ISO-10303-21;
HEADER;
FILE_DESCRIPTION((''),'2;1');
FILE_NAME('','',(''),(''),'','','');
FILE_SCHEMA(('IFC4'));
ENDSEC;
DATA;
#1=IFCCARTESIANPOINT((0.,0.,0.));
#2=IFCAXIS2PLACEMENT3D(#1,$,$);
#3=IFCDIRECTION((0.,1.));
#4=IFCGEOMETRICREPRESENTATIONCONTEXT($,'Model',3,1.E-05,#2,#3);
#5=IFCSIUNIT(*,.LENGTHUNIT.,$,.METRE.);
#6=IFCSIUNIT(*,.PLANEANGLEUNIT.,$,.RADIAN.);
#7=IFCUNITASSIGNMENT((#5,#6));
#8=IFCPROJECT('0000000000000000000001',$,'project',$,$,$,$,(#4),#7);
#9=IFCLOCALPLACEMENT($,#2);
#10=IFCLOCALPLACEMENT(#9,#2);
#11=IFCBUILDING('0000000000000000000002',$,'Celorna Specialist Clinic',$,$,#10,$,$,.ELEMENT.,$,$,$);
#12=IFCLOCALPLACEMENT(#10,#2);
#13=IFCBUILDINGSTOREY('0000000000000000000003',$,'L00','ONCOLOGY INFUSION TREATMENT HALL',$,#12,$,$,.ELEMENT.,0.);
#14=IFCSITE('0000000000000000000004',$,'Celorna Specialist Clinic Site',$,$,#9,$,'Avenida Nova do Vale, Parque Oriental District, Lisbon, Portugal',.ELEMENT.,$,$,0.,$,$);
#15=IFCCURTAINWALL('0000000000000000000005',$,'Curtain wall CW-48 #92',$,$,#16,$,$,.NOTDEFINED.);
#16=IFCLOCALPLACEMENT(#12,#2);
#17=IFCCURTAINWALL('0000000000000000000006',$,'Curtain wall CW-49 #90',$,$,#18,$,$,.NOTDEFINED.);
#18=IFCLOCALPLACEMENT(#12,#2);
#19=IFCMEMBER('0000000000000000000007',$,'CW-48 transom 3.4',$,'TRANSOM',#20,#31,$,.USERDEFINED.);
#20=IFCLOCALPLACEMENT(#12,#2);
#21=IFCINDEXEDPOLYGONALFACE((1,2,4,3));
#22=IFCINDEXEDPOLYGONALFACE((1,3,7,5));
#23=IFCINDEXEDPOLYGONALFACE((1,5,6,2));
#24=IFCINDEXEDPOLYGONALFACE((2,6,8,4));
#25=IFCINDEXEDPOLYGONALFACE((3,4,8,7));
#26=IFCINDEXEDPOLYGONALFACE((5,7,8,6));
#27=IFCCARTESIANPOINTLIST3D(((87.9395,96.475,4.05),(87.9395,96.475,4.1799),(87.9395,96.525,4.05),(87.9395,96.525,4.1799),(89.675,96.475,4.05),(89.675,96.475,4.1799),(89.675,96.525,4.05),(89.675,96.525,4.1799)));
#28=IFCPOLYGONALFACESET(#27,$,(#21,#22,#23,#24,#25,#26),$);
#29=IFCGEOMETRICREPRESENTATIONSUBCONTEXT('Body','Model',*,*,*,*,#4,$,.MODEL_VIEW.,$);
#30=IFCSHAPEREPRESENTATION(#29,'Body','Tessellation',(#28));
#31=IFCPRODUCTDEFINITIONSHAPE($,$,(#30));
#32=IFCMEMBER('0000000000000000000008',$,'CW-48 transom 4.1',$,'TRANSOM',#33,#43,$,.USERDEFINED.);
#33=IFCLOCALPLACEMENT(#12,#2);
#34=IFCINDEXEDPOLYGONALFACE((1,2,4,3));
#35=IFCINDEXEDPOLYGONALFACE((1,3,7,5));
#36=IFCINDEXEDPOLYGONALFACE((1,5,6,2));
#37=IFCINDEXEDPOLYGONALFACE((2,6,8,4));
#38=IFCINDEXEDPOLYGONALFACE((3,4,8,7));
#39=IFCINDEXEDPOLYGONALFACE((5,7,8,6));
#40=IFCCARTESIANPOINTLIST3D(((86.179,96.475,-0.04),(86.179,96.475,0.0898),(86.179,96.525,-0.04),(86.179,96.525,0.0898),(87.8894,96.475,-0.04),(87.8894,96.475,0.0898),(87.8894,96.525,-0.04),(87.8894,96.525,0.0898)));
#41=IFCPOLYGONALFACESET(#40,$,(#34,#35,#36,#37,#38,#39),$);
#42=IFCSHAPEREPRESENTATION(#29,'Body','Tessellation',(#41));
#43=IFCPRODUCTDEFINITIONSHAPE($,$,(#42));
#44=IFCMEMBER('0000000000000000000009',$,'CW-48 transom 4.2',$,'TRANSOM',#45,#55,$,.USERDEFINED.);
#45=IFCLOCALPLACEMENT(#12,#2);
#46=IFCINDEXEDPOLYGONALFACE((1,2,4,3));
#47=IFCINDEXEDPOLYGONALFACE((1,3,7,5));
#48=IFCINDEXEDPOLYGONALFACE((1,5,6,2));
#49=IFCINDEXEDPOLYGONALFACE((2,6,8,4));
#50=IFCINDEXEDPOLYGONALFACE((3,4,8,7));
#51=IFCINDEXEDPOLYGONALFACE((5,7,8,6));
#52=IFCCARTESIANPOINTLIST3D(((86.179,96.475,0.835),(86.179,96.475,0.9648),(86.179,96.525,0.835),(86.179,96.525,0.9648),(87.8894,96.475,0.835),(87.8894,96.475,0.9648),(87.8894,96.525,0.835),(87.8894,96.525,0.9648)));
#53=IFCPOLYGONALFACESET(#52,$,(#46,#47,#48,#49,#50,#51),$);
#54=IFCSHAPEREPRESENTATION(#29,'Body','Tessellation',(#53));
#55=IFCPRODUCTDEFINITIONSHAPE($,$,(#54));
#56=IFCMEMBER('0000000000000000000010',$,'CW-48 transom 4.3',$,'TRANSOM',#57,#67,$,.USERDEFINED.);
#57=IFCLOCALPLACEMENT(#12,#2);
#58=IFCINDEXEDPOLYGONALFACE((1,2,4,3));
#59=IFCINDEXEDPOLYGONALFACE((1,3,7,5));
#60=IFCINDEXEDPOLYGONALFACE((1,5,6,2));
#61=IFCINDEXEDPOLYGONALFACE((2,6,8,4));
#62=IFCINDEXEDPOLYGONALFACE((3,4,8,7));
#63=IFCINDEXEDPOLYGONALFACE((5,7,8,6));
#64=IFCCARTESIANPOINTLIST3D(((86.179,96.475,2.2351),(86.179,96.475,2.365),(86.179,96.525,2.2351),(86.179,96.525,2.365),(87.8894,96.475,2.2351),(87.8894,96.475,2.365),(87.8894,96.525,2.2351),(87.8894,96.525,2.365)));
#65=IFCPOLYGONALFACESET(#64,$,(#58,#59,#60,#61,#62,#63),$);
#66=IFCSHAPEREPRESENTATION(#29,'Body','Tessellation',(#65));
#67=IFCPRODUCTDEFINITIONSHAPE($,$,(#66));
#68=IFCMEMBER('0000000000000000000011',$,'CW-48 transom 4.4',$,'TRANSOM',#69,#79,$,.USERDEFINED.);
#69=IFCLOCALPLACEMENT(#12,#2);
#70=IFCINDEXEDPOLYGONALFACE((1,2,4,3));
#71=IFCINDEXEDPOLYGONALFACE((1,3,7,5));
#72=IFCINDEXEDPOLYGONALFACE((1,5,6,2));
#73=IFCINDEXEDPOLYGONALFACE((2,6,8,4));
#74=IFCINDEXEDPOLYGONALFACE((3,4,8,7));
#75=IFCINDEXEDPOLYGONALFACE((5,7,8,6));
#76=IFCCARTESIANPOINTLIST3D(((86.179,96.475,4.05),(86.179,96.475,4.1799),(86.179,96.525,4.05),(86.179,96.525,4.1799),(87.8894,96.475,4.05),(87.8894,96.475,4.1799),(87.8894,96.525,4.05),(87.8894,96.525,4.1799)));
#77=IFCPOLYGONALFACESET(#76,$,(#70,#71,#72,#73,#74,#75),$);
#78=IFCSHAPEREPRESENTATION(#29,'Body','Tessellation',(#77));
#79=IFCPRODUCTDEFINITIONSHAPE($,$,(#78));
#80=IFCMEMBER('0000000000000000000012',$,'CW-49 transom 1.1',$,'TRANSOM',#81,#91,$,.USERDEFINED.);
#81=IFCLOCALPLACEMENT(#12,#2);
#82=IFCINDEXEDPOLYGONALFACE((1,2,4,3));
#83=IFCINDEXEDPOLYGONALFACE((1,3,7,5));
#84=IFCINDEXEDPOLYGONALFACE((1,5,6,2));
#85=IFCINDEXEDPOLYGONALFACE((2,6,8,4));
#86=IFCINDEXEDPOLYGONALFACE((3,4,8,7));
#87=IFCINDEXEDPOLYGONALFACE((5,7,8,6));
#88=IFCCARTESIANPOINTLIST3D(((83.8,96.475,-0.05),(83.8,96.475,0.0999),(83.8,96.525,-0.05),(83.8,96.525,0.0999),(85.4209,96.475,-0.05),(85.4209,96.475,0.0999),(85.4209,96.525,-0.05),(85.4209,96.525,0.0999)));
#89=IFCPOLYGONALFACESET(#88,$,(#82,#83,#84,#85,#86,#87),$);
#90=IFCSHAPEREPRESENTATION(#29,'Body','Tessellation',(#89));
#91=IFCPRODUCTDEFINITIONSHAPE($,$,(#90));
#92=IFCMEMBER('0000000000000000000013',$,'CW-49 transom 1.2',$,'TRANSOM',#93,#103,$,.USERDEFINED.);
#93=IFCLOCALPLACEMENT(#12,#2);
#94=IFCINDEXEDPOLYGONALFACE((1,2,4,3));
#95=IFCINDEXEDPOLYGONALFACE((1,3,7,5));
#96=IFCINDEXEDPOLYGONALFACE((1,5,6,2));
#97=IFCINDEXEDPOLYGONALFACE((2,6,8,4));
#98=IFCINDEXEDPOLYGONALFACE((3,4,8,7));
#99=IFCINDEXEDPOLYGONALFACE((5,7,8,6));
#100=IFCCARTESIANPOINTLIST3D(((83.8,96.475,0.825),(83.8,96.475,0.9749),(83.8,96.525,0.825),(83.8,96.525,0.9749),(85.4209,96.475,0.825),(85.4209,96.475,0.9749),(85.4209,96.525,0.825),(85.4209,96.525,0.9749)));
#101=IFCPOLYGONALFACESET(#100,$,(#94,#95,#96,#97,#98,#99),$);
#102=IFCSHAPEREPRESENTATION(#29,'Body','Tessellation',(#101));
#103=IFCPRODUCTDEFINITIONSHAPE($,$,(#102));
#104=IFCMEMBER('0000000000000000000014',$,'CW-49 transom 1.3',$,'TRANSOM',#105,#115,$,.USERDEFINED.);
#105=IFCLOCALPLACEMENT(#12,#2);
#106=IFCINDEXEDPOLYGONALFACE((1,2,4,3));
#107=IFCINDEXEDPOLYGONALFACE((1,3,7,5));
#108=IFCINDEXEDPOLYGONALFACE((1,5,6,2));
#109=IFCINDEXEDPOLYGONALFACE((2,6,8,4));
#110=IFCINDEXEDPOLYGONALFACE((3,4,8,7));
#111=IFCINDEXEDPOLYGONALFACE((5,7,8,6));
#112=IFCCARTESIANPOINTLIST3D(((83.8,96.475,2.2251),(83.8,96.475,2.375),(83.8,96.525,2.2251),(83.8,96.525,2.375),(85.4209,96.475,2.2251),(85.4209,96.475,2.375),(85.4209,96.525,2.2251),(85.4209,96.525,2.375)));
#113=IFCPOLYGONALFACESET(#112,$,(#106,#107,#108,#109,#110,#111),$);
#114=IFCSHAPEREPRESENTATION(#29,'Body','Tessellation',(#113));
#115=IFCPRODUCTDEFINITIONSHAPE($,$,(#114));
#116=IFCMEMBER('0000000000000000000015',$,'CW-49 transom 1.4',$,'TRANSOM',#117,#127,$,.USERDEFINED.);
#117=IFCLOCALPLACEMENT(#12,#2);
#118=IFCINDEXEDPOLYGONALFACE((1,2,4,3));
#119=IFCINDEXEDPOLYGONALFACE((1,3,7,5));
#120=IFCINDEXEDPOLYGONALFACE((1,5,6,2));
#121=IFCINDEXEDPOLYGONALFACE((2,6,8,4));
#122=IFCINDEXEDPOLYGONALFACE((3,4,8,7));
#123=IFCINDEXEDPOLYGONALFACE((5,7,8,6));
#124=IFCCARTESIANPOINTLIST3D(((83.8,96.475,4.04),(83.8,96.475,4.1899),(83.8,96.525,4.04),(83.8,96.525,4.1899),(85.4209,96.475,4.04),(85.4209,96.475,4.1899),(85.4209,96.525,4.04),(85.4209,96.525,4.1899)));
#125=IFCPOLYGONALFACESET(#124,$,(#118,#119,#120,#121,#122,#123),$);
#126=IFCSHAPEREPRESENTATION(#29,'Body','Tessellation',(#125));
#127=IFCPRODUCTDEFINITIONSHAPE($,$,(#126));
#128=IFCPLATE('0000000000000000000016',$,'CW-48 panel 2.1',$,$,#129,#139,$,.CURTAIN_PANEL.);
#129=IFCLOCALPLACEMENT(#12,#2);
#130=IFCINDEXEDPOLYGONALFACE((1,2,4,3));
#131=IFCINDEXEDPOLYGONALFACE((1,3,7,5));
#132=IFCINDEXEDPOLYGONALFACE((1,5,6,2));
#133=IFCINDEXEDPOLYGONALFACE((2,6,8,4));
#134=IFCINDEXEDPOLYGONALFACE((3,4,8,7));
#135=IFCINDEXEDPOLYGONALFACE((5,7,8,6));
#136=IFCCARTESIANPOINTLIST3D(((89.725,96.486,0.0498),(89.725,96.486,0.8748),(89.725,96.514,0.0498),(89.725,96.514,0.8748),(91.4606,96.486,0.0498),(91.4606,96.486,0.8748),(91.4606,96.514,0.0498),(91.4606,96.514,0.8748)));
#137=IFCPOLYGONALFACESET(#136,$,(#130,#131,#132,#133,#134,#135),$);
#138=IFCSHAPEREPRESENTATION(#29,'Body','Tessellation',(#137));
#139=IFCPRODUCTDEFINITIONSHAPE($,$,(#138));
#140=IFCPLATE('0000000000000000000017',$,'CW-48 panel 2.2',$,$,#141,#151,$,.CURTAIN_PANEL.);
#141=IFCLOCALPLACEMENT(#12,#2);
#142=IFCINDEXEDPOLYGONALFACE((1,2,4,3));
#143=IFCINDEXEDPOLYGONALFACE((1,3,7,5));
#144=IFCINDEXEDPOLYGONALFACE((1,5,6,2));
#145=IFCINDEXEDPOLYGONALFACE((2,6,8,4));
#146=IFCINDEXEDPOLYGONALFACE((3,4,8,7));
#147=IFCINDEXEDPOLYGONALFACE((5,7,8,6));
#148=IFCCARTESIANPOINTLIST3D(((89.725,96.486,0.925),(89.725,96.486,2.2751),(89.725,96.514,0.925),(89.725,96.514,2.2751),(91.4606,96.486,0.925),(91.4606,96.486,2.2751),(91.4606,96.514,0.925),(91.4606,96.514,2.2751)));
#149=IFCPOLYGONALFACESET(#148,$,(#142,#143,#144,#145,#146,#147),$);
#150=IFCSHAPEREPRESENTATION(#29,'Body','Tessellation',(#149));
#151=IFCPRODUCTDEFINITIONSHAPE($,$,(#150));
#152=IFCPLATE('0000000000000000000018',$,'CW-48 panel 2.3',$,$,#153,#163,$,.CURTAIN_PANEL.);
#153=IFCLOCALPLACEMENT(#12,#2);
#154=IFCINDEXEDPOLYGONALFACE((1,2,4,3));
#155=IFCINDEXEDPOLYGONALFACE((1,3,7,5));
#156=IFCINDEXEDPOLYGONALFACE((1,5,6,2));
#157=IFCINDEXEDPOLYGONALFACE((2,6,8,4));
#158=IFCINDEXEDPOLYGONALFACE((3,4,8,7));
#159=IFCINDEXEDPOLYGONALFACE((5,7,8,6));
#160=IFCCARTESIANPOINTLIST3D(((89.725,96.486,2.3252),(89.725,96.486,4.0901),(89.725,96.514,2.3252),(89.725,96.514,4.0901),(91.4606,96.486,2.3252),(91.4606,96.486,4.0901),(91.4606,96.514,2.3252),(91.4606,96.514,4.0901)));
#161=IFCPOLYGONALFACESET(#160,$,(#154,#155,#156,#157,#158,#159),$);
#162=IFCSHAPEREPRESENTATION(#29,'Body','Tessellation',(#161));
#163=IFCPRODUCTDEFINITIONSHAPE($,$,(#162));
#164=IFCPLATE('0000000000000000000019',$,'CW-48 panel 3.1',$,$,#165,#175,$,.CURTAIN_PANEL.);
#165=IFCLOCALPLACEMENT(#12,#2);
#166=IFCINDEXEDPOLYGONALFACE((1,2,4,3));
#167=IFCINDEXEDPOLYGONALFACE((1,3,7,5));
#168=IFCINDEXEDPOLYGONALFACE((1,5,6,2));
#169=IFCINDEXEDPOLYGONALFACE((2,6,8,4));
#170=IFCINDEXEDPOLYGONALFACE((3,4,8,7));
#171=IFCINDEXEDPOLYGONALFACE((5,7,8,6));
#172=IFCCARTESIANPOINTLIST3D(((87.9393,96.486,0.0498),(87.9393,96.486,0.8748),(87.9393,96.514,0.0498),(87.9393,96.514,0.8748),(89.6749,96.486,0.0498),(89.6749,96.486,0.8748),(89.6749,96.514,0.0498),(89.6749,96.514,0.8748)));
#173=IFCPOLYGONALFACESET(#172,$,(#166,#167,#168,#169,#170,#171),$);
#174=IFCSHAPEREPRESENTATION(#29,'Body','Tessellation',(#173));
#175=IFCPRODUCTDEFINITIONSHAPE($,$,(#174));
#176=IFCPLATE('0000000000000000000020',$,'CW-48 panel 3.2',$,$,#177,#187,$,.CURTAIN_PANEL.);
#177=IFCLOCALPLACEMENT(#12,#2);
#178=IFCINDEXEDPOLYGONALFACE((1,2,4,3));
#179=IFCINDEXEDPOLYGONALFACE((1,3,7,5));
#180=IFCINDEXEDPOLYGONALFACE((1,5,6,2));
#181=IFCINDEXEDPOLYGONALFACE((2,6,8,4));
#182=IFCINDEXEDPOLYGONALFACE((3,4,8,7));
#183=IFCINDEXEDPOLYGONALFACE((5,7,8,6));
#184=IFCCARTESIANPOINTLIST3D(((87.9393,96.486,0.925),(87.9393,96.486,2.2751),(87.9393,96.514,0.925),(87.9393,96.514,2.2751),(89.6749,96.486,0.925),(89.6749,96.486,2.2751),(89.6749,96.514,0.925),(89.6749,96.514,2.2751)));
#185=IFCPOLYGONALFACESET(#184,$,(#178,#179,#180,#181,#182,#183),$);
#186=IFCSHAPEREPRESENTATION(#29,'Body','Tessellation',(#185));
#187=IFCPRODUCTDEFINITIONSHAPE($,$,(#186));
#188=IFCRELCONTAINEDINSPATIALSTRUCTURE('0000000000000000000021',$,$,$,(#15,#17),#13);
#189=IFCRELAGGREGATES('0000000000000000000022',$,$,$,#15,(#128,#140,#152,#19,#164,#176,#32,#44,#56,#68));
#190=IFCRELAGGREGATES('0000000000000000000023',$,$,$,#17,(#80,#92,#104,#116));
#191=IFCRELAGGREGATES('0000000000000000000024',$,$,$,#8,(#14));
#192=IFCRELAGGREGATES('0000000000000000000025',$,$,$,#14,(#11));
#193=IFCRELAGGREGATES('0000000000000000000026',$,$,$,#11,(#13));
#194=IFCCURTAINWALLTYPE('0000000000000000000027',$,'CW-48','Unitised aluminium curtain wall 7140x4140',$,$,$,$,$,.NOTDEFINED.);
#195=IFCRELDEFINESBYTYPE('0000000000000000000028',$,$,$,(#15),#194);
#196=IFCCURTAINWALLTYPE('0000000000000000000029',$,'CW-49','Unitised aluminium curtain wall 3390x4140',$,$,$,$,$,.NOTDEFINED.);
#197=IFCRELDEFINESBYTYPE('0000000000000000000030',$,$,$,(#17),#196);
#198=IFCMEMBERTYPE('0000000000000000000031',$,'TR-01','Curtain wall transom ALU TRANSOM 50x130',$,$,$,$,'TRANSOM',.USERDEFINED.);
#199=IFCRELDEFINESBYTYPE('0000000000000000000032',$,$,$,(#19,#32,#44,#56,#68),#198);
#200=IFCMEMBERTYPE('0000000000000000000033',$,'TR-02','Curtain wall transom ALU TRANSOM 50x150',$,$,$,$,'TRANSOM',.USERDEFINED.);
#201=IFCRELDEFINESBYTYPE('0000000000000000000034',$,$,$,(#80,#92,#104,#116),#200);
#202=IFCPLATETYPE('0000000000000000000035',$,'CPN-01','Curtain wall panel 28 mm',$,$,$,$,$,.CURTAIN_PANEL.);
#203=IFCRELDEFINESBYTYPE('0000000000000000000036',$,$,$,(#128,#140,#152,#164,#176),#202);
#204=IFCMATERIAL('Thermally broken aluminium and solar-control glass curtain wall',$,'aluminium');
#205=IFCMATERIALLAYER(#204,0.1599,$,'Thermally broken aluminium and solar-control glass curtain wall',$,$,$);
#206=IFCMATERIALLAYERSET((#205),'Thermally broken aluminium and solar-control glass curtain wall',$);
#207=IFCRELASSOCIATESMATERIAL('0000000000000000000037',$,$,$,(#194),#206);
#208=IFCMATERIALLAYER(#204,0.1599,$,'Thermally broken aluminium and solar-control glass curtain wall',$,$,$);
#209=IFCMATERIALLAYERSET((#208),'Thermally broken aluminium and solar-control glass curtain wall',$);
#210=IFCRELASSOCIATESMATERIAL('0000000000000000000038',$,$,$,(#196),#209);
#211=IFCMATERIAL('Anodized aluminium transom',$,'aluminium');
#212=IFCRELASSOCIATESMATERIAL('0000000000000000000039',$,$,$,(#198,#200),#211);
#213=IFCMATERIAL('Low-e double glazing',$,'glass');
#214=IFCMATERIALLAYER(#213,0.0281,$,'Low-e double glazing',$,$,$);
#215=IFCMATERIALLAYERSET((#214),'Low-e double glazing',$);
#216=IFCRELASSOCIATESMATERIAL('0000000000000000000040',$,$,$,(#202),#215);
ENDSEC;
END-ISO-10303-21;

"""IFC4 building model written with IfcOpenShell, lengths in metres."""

from ifc_helpers import new_model, si_unit, direction, frame, origin, origin_2d, place, context, subcontext, project, spatial, rectangle, extrude, material, layer, layer_set, material_profile, profile_set, type_object, element, aggregate, save


model = new_model("IFC4")

# Units and contexts
model_context = context("Model", 3, precision=1e-05, world=origin(), true_north=direction((0.0, 1.0)))
body_context = subcontext(model_context, "Body", "Model", "MODEL_VIEW")
ifc_project = project(units=[si_unit("LENGTHUNIT", "METRE"), si_unit("PLANEANGLEUNIT", "RADIAN")], contexts=[model_context])

# Site, building, storey
site_placement = place(None, origin())
site = spatial("IfcSite", under=ifc_project, at=site_placement, Name="Celorna Specialist Clinic Site", LongName="Avenida Nova do Vale, Parque Oriental District, Lisbon, Portugal", CompositionType="ELEMENT", RefElevation=0.0)
building_placement = place(site_placement, origin())
building = spatial("IfcBuilding", under=site, at=building_placement, Name="Celorna Specialist Clinic", CompositionType="ELEMENT")
storey_placement = place(building_placement, origin())
storey = spatial("IfcBuildingStorey", under=building, at=storey_placement, Name="L00", Description="ONCOLOGY INFUSION TREATMENT HALL", CompositionType="ELEMENT", Elevation=0.0)

# Curtain wall
ifc_material_1 = material(Name="Thermally broken aluminium and solar-control glass curtain wall", Category="aluminium")
ifc_layer_1 = layer(ifc_material_1, 0.1599, Name="Thermally broken aluminium and solar-control glass curtain wall")
ifc_layer_set_1 = layer_set([ifc_layer_1], Name="Thermally broken aluminium and solar-control glass curtain wall")
curtain_wall_type_1 = type_object("IfcCurtainWallType", Name="CW-48", Description="Unitised aluminium curtain wall 7140x4140", PredefinedType="NOTDEFINED", material=ifc_layer_set_1)
curtain_wall_1_placement = place(storey_placement, origin())
curtain_wall_1 = element("IfcCurtainWall", 1, at=curtain_wall_1_placement, inside=storey, type_object=curtain_wall_type_1, Name="Curtain wall CW-48 #92", PredefinedType="NOTDEFINED")

# Curtain wall
ifc_layer_2 = layer(ifc_material_1, 0.1599, Name="Thermally broken aluminium and solar-control glass curtain wall")
ifc_layer_set_2 = layer_set([ifc_layer_2], Name="Thermally broken aluminium and solar-control glass curtain wall")
curtain_wall_type_2 = type_object("IfcCurtainWallType", Name="CW-49", Description="Unitised aluminium curtain wall 3390x4140", PredefinedType="NOTDEFINED", material=ifc_layer_set_2)
curtain_wall_2_placement = place(storey_placement, origin())
curtain_wall_2 = element("IfcCurtainWall", 2, at=curtain_wall_2_placement, inside=storey, type_object=curtain_wall_type_2, Name="Curtain wall CW-49 #90", PredefinedType="NOTDEFINED")

# Members
ifc_material_2 = material(Name="Anodized aluminium transom", Category="aluminium")
ifc_material_profile_1 = material_profile(ifc_material_2, rectangle(XDim=0.05, YDim=0.1299, at=origin_2d()), Name="ALU TRANSOM 50x130")
ifc_profile_set_1 = profile_set([ifc_material_profile_1], Name="Anodized aluminium transom")
member_type_1 = type_object("IfcMemberType", Name="TR-01", Description="Curtain wall transom ALU TRANSOM 50x130", ElementType="TRANSOM", PredefinedType="USERDEFINED", material=ifc_profile_set_1)
member_1_placement = place(storey_placement, frame((89.675, 96.5, 4.115), z_axis=(-1.0, 0.0, 0.0), x_axis=(0.0, -1.0, 0.0)))
member_1 = element("IfcMember", 3, at=member_1_placement, type_object=member_type_1, Name="CW-48 transom 3.4", ObjectType="TRANSOM", PredefinedType="USERDEFINED", context=body_context, shape_type="SweptSolid", body=[
    extrude(rectangle(XDim=0.05, YDim=0.1299, at=origin_2d()), origin(), (0.0, 0.0, 1.0), 1.7356),
])
member_2_placement = place(storey_placement, frame((87.8894, 96.5, 0.0249), z_axis=(-1.0, 0.0, 0.0), x_axis=(0.0, -1.0, 0.0)))
member_2 = element("IfcMember", 4, at=member_2_placement, type_object=member_type_1, Name="CW-48 transom 4.1", ObjectType="TRANSOM", PredefinedType="USERDEFINED", context=body_context, shape_type="SweptSolid", body=[
    extrude(rectangle(XDim=0.05, YDim=0.1299, at=origin_2d()), origin(), (0.0, 0.0, 1.0), 1.7104),
])
member_3_placement = place(storey_placement, frame((87.8894, 96.5, 0.8999), z_axis=(-1.0, 0.0, 0.0), x_axis=(0.0, -1.0, 0.0)))
member_3 = element("IfcMember", 5, at=member_3_placement, type_object=member_type_1, Name="CW-48 transom 4.2", ObjectType="TRANSOM", PredefinedType="USERDEFINED", context=body_context, shape_type="SweptSolid", body=[
    extrude(rectangle(XDim=0.05, YDim=0.1299, at=origin_2d()), origin(), (0.0, 0.0, 1.0), 1.7104),
])
member_4_placement = place(storey_placement, frame((87.8894, 96.5, 2.3), z_axis=(-1.0, 0.0, 0.0), x_axis=(0.0, -1.0, 0.0)))
member_4 = element("IfcMember", 6, at=member_4_placement, type_object=member_type_1, Name="CW-48 transom 4.3", ObjectType="TRANSOM", PredefinedType="USERDEFINED", context=body_context, shape_type="SweptSolid", body=[
    extrude(rectangle(XDim=0.05, YDim=0.1299, at=origin_2d()), origin(), (0.0, 0.0, 1.0), 1.7104),
])
member_5_placement = place(storey_placement, frame((87.8894, 96.5, 4.115), z_axis=(-1.0, 0.0, 0.0), x_axis=(0.0, -1.0, 0.0)))
member_5 = element("IfcMember", 7, at=member_5_placement, type_object=member_type_1, Name="CW-48 transom 4.4", ObjectType="TRANSOM", PredefinedType="USERDEFINED", context=body_context, shape_type="SweptSolid", body=[
    extrude(rectangle(XDim=0.05, YDim=0.1299, at=origin_2d()), origin(), (0.0, 0.0, 1.0), 1.7104),
])
ifc_material_profile_2 = material_profile(ifc_material_2, rectangle(XDim=0.05, YDim=0.1499, at=origin_2d()), Name="ALU TRANSOM 50x150")
ifc_profile_set_2 = profile_set([ifc_material_profile_2], Name="Anodized aluminium transom")
member_type_2 = type_object("IfcMemberType", Name="TR-02", Description="Curtain wall transom ALU TRANSOM 50x150", ElementType="TRANSOM", PredefinedType="USERDEFINED", material=ifc_profile_set_2)
member_6_placement = place(storey_placement, frame((85.4209, 96.5, 0.0249), z_axis=(-1.0, 0.0, 0.0), x_axis=(0.0, -1.0, 0.0)))
member_6 = element("IfcMember", 8, at=member_6_placement, type_object=member_type_2, Name="CW-49 transom 1.1", ObjectType="TRANSOM", PredefinedType="USERDEFINED", context=body_context, shape_type="SweptSolid", body=[
    extrude(rectangle(XDim=0.05, YDim=0.1499, at=origin_2d()), origin(), (0.0, 0.0, 1.0), 1.6208),
])
member_7_placement = place(storey_placement, frame((85.4209, 96.5, 0.8999), z_axis=(-1.0, 0.0, 0.0), x_axis=(0.0, -1.0, 0.0)))
member_7 = element("IfcMember", 9, at=member_7_placement, type_object=member_type_2, Name="CW-49 transom 1.2", ObjectType="TRANSOM", PredefinedType="USERDEFINED", context=body_context, shape_type="SweptSolid", body=[
    extrude(rectangle(XDim=0.05, YDim=0.1499, at=origin_2d()), origin(), (0.0, 0.0, 1.0), 1.6208),
])
member_8_placement = place(storey_placement, frame((85.4209, 96.5, 2.3), z_axis=(-1.0, 0.0, 0.0), x_axis=(0.0, -1.0, 0.0)))
member_8 = element("IfcMember", 10, at=member_8_placement, type_object=member_type_2, Name="CW-49 transom 1.3", ObjectType="TRANSOM", PredefinedType="USERDEFINED", context=body_context, shape_type="SweptSolid", body=[
    extrude(rectangle(XDim=0.05, YDim=0.1499, at=origin_2d()), origin(), (0.0, 0.0, 1.0), 1.6208),
])
member_9_placement = place(storey_placement, frame((85.4209, 96.5, 4.115), z_axis=(-1.0, 0.0, 0.0), x_axis=(0.0, -1.0, 0.0)))
member_9 = element("IfcMember", 11, at=member_9_placement, type_object=member_type_2, Name="CW-49 transom 1.4", ObjectType="TRANSOM", PredefinedType="USERDEFINED", context=body_context, shape_type="SweptSolid", body=[
    extrude(rectangle(XDim=0.05, YDim=0.1499, at=origin_2d()), origin(), (0.0, 0.0, 1.0), 1.6208),
])

# Plates
ifc_material_3 = material(Name="Low-e double glazing", Category="glass")
ifc_layer_3 = layer(ifc_material_3, 0.0281, Name="Low-e double glazing")
ifc_layer_set_3 = layer_set([ifc_layer_3], Name="Low-e double glazing")
plate_type_1 = type_object("IfcPlateType", Name="CPN-01", Description="Curtain wall panel 28 mm", PredefinedType="CURTAIN_PANEL", material=ifc_layer_set_3)
plate_1_placement = place(storey_placement, frame((90.5928, 96.5, 0.0498), z_axis=(0.0, 0.0, 1.0), x_axis=(-1.0, 0.0, 0.0)))
plate_1 = element("IfcPlate", 12, at=plate_1_placement, type_object=plate_type_1, Name="CW-48 panel 2.1", PredefinedType="CURTAIN_PANEL", context=body_context, shape_type="SweptSolid", body=[
    extrude(rectangle(XDim=1.7356, YDim=0.0281, at=origin_2d()), origin(), (0.0, 0.0, 1.0), 0.825),
])
plate_2_placement = place(storey_placement, frame((90.5928, 96.5, 0.925), z_axis=(0.0, 0.0, 1.0), x_axis=(-1.0, 0.0, 0.0)))
plate_2 = element("IfcPlate", 13, at=plate_2_placement, type_object=plate_type_1, Name="CW-48 panel 2.2", PredefinedType="CURTAIN_PANEL", context=body_context, shape_type="SweptSolid", body=[
    extrude(rectangle(XDim=1.7356, YDim=0.0281, at=origin_2d()), origin(), (0.0, 0.0, 1.0), 1.3501),
])
plate_3_placement = place(storey_placement, frame((90.5928, 96.5, 2.3252), z_axis=(0.0, 0.0, 1.0), x_axis=(-1.0, 0.0, 0.0)))
plate_3 = element("IfcPlate", 14, at=plate_3_placement, type_object=plate_type_1, Name="CW-48 panel 2.3", PredefinedType="CURTAIN_PANEL", context=body_context, shape_type="SweptSolid", body=[
    extrude(rectangle(XDim=1.7356, YDim=0.0281, at=origin_2d()), origin(), (0.0, 0.0, 1.0), 1.7649),
])
plate_4_placement = place(storey_placement, frame((88.8071, 96.5, 0.0498), z_axis=(0.0, 0.0, 1.0), x_axis=(-1.0, 0.0, 0.0)))
plate_4 = element("IfcPlate", 15, at=plate_4_placement, type_object=plate_type_1, Name="CW-48 panel 3.1", PredefinedType="CURTAIN_PANEL", context=body_context, shape_type="SweptSolid", body=[
    extrude(rectangle(XDim=1.7356, YDim=0.0281, at=origin_2d()), origin(), (0.0, 0.0, 1.0), 0.825),
])
plate_5_placement = place(storey_placement, frame((88.8071, 96.5, 0.925), z_axis=(0.0, 0.0, 1.0), x_axis=(-1.0, 0.0, 0.0)))
plate_5 = element("IfcPlate", 16, at=plate_5_placement, type_object=plate_type_1, Name="CW-48 panel 3.2", PredefinedType="CURTAIN_PANEL", context=body_context, shape_type="SweptSolid", body=[
    extrude(rectangle(XDim=1.7356, YDim=0.0281, at=origin_2d()), origin(), (0.0, 0.0, 1.0), 1.3501),
])
aggregate(curtain_wall_1, [plate_1, plate_2, plate_3, member_1, plate_4, plate_5, member_2, member_3, member_4, member_5])
aggregate(curtain_wall_2, [member_6, member_7, member_8, member_9])

save(model, "model.ifc")
